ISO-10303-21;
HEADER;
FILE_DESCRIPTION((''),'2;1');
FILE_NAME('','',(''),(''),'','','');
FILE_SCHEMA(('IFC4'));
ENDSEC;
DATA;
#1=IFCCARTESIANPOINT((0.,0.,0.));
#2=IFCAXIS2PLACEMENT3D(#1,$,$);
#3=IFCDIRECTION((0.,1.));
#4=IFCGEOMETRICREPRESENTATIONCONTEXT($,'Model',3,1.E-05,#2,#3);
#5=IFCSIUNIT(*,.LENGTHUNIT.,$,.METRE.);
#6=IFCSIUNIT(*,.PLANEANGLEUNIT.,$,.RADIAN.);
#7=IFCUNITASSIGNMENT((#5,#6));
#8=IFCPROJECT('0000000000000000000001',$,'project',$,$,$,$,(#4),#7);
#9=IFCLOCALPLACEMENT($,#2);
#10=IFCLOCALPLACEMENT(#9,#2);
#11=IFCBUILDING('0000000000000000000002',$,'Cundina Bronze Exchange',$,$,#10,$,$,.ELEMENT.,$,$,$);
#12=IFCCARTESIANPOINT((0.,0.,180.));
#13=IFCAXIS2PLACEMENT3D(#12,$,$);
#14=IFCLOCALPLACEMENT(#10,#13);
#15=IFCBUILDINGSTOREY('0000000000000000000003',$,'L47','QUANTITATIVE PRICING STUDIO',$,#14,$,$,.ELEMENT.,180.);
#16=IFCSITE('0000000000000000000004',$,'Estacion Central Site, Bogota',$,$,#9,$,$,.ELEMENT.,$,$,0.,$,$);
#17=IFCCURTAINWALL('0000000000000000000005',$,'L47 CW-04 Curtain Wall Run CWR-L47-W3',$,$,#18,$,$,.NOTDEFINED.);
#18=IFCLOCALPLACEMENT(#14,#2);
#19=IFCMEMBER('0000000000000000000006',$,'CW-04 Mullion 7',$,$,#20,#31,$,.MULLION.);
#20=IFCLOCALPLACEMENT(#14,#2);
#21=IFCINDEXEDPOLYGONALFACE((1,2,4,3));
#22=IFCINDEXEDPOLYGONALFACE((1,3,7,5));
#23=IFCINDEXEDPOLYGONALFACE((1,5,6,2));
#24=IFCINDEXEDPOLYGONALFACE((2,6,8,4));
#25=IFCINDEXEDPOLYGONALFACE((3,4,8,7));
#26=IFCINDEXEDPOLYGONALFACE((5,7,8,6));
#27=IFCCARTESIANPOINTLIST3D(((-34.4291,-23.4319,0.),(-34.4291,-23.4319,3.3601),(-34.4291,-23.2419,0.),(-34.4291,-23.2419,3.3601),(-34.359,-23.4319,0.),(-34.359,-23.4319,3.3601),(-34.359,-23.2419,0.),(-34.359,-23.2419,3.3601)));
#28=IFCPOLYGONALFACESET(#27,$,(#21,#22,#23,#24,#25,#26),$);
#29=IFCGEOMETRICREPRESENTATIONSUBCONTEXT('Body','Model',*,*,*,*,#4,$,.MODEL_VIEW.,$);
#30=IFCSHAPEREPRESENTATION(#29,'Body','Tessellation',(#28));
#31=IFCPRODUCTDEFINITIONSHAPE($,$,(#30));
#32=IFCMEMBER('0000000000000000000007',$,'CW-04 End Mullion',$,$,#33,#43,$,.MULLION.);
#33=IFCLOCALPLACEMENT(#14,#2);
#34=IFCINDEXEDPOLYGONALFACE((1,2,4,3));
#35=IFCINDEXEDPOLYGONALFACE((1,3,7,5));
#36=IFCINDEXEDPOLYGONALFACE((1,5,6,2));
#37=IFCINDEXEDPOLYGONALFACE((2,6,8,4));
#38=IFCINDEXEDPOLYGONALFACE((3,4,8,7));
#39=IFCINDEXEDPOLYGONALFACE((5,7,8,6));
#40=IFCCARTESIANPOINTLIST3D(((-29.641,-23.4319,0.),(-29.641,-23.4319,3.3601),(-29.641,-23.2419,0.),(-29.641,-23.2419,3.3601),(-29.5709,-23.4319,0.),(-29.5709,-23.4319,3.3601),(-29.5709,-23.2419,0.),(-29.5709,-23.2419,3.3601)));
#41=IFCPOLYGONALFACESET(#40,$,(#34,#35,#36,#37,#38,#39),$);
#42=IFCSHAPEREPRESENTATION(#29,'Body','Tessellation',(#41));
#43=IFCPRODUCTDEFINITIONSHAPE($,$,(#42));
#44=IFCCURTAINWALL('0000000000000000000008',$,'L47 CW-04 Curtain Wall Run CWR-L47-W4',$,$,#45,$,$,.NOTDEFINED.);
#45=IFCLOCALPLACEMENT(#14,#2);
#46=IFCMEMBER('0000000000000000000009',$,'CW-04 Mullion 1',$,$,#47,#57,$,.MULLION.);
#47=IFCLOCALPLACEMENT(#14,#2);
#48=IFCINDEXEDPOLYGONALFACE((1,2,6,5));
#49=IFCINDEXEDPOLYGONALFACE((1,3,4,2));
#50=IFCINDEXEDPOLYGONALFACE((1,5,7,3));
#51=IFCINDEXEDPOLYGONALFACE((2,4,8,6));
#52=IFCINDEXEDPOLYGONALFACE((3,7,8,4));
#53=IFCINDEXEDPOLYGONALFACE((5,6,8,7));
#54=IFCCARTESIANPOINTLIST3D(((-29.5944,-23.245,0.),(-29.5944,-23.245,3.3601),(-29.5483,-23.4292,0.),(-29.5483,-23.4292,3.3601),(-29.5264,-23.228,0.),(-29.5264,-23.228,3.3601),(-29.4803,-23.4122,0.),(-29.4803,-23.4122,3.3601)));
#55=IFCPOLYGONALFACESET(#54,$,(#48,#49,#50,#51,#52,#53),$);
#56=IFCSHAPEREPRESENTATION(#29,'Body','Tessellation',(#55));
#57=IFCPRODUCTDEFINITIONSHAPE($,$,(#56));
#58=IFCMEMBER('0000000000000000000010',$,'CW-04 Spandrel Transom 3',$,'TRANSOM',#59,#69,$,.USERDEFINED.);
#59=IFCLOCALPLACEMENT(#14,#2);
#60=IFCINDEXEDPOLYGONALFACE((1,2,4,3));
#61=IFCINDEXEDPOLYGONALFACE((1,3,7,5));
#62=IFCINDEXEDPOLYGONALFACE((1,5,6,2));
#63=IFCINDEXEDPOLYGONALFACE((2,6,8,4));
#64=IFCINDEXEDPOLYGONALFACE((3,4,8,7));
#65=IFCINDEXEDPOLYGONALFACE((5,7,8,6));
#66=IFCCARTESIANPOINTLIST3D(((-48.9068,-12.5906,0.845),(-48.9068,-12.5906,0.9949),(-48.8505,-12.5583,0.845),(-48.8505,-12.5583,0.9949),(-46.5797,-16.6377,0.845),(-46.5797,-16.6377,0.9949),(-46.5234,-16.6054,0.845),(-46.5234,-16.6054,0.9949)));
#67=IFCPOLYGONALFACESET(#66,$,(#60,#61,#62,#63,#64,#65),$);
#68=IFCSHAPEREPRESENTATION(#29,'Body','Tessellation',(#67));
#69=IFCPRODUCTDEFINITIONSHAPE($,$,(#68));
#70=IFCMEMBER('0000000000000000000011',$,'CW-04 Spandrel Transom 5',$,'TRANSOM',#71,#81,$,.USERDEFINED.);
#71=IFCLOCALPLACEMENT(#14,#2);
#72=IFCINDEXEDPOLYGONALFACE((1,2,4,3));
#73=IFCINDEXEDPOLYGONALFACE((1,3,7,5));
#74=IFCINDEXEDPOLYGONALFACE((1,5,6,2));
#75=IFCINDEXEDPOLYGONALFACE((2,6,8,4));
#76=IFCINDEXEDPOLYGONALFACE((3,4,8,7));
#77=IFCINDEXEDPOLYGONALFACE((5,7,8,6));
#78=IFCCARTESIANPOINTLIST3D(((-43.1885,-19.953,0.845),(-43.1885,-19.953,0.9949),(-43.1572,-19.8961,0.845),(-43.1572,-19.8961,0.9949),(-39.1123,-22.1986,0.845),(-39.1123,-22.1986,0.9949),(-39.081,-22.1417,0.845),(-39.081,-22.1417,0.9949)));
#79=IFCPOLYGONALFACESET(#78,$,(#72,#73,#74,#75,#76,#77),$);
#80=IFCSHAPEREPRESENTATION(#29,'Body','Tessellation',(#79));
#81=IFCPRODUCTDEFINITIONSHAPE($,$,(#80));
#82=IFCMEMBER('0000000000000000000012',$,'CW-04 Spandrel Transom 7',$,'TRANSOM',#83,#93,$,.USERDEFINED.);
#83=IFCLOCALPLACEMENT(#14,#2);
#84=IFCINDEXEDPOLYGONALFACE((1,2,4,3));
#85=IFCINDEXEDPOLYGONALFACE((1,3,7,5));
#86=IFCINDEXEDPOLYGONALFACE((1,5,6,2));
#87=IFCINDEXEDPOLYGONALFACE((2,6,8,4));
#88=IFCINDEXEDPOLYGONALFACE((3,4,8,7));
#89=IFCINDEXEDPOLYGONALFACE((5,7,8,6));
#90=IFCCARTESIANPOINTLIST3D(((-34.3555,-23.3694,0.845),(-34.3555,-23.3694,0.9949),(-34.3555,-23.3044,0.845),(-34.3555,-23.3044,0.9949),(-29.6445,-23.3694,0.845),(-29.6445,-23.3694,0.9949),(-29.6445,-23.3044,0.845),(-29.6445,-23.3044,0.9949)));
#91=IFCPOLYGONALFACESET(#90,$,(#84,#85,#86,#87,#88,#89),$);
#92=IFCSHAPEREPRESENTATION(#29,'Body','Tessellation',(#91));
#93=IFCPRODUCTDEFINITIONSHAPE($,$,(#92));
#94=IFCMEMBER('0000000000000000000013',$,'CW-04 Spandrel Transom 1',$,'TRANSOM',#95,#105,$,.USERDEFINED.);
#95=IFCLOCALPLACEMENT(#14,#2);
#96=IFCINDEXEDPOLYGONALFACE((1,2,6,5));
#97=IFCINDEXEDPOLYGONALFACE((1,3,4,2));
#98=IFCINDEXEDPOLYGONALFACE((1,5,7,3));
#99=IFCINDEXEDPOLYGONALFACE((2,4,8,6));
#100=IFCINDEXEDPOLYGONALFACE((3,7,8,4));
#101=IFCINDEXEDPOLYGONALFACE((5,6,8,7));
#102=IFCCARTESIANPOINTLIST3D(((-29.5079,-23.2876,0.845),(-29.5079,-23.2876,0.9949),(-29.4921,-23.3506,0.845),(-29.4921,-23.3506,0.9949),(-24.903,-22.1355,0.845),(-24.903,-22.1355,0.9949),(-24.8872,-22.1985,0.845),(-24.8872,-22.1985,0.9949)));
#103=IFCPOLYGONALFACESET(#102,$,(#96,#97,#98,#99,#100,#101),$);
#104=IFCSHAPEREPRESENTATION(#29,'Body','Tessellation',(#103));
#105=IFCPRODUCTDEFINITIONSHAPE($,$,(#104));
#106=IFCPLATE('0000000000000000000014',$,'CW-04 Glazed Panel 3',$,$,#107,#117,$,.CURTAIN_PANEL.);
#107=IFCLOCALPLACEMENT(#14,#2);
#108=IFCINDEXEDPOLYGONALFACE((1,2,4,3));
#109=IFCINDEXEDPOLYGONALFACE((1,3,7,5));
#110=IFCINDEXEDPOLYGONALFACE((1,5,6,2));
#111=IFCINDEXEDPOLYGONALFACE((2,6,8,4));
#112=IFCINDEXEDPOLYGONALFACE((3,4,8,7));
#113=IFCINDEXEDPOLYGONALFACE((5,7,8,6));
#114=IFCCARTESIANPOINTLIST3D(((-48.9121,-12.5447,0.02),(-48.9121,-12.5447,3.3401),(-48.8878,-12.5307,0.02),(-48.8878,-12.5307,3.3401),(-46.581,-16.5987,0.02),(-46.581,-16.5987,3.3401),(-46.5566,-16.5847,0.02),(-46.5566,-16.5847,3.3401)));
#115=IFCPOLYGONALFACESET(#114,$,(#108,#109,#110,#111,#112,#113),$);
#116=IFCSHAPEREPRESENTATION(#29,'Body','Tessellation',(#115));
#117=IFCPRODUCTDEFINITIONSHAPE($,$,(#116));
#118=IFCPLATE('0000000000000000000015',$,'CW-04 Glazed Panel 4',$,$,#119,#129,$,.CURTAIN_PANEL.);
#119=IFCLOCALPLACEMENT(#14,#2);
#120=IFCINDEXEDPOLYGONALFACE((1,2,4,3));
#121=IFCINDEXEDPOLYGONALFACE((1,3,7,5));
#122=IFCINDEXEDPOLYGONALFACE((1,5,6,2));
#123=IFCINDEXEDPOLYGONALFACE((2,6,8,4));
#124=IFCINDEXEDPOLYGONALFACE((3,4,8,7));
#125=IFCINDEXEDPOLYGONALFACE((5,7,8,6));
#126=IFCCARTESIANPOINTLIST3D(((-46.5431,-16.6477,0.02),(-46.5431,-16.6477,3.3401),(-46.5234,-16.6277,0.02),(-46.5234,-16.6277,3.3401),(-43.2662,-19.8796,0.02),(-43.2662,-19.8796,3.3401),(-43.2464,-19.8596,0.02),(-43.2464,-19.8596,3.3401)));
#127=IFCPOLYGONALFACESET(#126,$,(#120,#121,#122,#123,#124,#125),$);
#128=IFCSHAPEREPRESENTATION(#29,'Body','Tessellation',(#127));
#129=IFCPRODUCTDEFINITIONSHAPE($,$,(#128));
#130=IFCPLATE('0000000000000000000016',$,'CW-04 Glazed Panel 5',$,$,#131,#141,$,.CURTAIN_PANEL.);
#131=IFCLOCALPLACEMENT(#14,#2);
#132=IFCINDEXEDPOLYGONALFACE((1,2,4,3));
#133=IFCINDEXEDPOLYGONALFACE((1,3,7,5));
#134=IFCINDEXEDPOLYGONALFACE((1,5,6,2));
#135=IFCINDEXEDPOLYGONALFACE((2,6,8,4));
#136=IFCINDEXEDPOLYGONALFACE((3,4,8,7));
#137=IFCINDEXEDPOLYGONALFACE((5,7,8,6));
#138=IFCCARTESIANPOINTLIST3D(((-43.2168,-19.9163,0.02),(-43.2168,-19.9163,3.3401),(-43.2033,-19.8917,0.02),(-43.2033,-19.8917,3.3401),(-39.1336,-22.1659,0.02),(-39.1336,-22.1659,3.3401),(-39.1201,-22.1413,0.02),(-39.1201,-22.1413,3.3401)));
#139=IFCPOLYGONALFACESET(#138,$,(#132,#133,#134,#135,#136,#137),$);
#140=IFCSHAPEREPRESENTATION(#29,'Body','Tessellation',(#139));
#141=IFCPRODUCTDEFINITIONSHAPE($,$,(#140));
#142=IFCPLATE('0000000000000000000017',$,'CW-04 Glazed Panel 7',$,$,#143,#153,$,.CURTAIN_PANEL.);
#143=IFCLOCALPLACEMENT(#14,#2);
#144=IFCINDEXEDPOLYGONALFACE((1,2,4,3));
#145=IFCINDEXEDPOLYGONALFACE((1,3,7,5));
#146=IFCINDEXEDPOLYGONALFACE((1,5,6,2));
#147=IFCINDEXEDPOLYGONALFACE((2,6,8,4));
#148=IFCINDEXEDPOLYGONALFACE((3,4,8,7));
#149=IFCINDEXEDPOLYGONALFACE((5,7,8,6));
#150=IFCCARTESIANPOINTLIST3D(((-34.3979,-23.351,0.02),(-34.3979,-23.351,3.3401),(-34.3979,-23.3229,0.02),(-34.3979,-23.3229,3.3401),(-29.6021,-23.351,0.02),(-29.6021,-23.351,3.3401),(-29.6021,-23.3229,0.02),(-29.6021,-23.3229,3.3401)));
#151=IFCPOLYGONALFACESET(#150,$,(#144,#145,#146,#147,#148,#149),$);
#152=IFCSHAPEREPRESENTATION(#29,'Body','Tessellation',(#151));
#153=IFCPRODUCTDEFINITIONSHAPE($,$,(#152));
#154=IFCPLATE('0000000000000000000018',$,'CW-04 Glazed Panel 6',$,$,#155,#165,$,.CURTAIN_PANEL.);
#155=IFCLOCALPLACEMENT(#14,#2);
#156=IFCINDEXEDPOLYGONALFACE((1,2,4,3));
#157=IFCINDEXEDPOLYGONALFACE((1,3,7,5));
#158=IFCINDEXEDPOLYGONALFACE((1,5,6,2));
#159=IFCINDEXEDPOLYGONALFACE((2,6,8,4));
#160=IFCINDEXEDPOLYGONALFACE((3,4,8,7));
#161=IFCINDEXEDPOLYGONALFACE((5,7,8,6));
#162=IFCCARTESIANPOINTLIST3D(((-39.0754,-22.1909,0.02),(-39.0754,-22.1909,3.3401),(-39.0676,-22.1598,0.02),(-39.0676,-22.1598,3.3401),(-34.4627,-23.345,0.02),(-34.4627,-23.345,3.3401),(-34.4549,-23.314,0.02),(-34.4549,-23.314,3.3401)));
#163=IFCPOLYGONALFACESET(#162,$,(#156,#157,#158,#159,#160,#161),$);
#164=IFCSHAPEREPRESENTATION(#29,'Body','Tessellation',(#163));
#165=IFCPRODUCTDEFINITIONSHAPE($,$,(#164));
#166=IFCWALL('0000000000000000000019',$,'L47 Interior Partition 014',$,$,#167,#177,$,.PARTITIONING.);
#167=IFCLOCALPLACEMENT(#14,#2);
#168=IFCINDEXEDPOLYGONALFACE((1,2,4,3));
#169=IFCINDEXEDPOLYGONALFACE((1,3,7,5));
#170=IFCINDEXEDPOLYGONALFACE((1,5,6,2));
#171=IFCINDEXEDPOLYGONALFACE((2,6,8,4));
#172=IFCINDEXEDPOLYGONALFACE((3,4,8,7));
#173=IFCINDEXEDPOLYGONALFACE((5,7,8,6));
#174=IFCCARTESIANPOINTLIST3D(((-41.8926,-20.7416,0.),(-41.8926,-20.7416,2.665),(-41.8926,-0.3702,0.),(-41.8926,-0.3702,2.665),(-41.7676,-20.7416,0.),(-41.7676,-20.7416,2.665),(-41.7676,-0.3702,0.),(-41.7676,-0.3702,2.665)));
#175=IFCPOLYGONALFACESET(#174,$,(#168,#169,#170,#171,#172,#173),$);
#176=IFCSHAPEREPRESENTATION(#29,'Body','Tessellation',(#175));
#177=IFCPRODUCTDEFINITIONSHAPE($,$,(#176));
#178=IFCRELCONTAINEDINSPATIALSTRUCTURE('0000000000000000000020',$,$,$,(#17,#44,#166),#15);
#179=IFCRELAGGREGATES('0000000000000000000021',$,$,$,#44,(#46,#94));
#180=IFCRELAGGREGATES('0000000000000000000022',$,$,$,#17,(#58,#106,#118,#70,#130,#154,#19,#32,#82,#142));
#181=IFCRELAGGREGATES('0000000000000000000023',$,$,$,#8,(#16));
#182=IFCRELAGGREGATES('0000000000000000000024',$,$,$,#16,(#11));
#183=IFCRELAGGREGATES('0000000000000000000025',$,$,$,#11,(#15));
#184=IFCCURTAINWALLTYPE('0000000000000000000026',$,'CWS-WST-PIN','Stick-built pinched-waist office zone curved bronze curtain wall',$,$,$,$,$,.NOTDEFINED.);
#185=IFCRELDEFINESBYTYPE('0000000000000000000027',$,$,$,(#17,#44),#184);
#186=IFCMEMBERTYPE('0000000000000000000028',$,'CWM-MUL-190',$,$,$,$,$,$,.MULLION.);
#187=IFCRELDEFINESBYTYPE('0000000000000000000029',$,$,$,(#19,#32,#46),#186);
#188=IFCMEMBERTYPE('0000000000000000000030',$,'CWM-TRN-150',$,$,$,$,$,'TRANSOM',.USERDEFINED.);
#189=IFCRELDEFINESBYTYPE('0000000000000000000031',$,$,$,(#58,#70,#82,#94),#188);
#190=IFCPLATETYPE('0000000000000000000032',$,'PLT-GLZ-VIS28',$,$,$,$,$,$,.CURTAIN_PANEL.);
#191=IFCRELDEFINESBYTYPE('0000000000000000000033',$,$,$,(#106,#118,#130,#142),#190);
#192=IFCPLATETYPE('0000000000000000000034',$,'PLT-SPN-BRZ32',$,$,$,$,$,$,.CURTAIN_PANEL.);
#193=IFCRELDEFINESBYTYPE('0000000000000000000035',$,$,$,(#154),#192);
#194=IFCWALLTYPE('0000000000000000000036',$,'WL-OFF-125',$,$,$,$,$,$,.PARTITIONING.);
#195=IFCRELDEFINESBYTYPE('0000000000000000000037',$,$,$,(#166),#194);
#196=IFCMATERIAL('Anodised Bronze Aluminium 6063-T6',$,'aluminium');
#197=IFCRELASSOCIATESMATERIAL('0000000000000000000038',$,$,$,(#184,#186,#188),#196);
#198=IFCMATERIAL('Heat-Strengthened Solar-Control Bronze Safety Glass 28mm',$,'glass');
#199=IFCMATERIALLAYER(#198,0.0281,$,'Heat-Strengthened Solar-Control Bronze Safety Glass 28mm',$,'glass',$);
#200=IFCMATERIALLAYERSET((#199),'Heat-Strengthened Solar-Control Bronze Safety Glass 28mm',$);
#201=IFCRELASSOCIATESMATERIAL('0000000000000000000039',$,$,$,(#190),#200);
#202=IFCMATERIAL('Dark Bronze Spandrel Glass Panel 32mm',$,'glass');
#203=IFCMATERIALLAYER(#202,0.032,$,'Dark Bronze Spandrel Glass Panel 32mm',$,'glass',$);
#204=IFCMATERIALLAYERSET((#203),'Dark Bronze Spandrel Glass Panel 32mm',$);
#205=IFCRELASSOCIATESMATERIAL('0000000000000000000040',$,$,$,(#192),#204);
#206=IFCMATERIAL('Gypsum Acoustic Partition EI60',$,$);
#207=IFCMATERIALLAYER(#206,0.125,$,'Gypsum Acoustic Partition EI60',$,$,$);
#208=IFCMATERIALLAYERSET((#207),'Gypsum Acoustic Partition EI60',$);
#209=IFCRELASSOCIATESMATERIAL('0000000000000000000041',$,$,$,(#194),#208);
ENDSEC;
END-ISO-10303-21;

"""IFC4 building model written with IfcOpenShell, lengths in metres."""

from ifc_helpers import new_model, si_unit, direction, frame, frame_2d, origin, origin_2d, place, context, subcontext, project, spatial, rectangle, extrude, material, layer, layer_set, material_profile, profile_set, type_object, element, aggregate, save


model = new_model("IFC4")

# Units and contexts
model_context = context("Model", 3, precision=1e-05, world=origin(), true_north=direction((0.0, 1.0)))
body_context = subcontext(model_context, "Body", "Model", "MODEL_VIEW")
ifc_project = project(units=[si_unit("LENGTHUNIT", "METRE"), si_unit("PLANEANGLEUNIT", "RADIAN")], contexts=[model_context])

# Site, building, storey
site_placement = place(None, origin())
site = spatial("IfcSite", under=ifc_project, at=site_placement, Name="Estacion Central Site, Bogota", CompositionType="ELEMENT", RefElevation=0.0)
building_placement = place(site_placement, origin())
building = spatial("IfcBuilding", under=site, at=building_placement, Name="Cundina Bronze Exchange", CompositionType="ELEMENT")
storey_placement = place(building_placement, frame((0.0, 0.0, 180.0)))
storey = spatial("IfcBuildingStorey", under=building, at=storey_placement, Name="L47", Description="QUANTITATIVE PRICING STUDIO", CompositionType="ELEMENT", Elevation=180.0)

# Curtain wall, members
ifc_material_1 = material(Name="Anodised Bronze Aluminium 6063-T6", Category="aluminium")
curtain_wall_type = type_object("IfcCurtainWallType", Name="CWS-WST-PIN", Description="Stick-built pinched-waist office zone curved bronze curtain wall", PredefinedType="NOTDEFINED", material=ifc_material_1)
curtain_wall_1_placement = place(storey_placement, origin())
curtain_wall_1 = element("IfcCurtainWall", 1, at=curtain_wall_1_placement, inside=storey, type_object=curtain_wall_type, Name="L47 CW-04 Curtain Wall Run CWR-L47-W3", PredefinedType="NOTDEFINED")
ifc_material_profile_1 = material_profile(ifc_material_1, rectangle(XDim=0.0701, YDim=0.1899, at=origin_2d()), Name="AL70X190", Category="aluminium")
ifc_profile_set_1 = profile_set([ifc_material_profile_1], Name="Anodised Bronze Aluminium 6063-T6")
member_type_1 = type_object("IfcMemberType", Name="CWM-MUL-190", PredefinedType="MULLION", material=ifc_profile_set_1)
member_1_placement = place(storey_placement, frame((-34.394, -23.3369, 0.0), z_axis=(0.0, 0.0, 1.0), x_axis=(1.0, 0.0, 0.0)))
member_1 = element("IfcMember", 2, at=member_1_placement, type_object=member_type_1, Name="CW-04 Mullion 7", PredefinedType="MULLION", context=body_context, shape_type="SweptSolid", body=[
    extrude(rectangle(XDim=0.0701, YDim=0.1899, at=origin_2d()), origin(), (0.0, 0.0, 1.0), 3.3601),
])
member_2_placement = place(storey_placement, frame((-29.606, -23.3369, 0.0), z_axis=(0.0, 0.0, 1.0), x_axis=(1.0, 0.0, 0.0)))
member_2 = element("IfcMember", 3, at=member_2_placement, type_object=member_type_1, Name="CW-04 End Mullion", PredefinedType="MULLION", context=body_context, shape_type="SweptSolid", body=[
    extrude(rectangle(XDim=0.0701, YDim=0.1899, at=origin_2d()), origin(), (0.0, 0.0, 1.0), 3.3601),
])

# Curtain wall, member
curtain_wall_2_placement = place(storey_placement, origin())
curtain_wall_2 = element("IfcCurtainWall", 4, at=curtain_wall_2_placement, inside=storey, type_object=curtain_wall_type, Name="L47 CW-04 Curtain Wall Run CWR-L47-W4", PredefinedType="NOTDEFINED")
member_3_placement = place(storey_placement, frame((-29.5374, -23.3286, 0.0), z_axis=(0.0, 0.0, 1.0), x_axis=(0.970084, 0.242769, 0.0)))
member_3 = element("IfcMember", 5, at=member_3_placement, type_object=member_type_1, Name="CW-04 Mullion 1", PredefinedType="MULLION", context=body_context, shape_type="SweptSolid", body=[
    extrude(rectangle(XDim=0.0701, YDim=0.1899, at=origin_2d()), origin(), (0.0, 0.0, 1.0), 3.3601),
])

# Members
ifc_material_profile_2 = material_profile(ifc_material_1, rectangle(XDim=0.0649, YDim=0.1499, at=origin_2d()), Name="AL65X150", Category="aluminium")
ifc_profile_set_2 = profile_set([ifc_material_profile_2], Name="Anodised Bronze Aluminium 6063-T6")
member_type_2 = type_object("IfcMemberType", Name="CWM-TRN-150", ElementType="TRANSOM", PredefinedType="USERDEFINED", material=ifc_profile_set_2)
member_4_placement = place(storey_placement, frame((-48.8787, -12.5745, 0.9199), z_axis=(0.49848, -0.866901, 0.0), x_axis=(0.866901, 0.49848, 0.0)))
member_4 = element("IfcMember", 6, at=member_4_placement, type_object=member_type_2, Name="CW-04 Spandrel Transom 3", ObjectType="TRANSOM", PredefinedType="USERDEFINED", context=body_context, shape_type="SweptSolid", body=[
    extrude(rectangle(XDim=0.0649, YDim=0.1499, at=origin_2d()), origin(), (0.0, 0.0, 1.0), 4.6685),
])
member_5_placement = place(storey_placement, frame((-43.1729, -19.9246, 0.9199), z_axis=(0.875879, -0.482531, 0.0), x_axis=(0.482531, 0.875879, 0.0)))
member_5 = element("IfcMember", 7, at=member_5_placement, type_object=member_type_2, Name="CW-04 Spandrel Transom 5", ObjectType="TRANSOM", PredefinedType="USERDEFINED", context=body_context, shape_type="SweptSolid", body=[
    extrude(rectangle(XDim=0.0649, YDim=0.1499, at=origin_2d()), origin(), (0.0, 0.0, 1.0), 4.6538),
])
member_6_placement = place(storey_placement, frame((-34.3555, -23.3369, 0.9199), z_axis=(1.0, 0.0, 0.0), x_axis=(0.0, 1.0, 0.0)))
member_6 = element("IfcMember", 8, at=member_6_placement, type_object=member_type_2, Name="CW-04 Spandrel Transom 7", ObjectType="TRANSOM", PredefinedType="USERDEFINED", context=body_context, shape_type="SweptSolid", body=[
    extrude(rectangle(XDim=0.0649, YDim=0.1499, at=origin_2d()), origin(), (0.0, 0.0, 1.0), 4.7109),
])
member_7_placement = place(storey_placement, frame((-29.5, -23.3191, 0.9199), z_axis=(0.9701, 0.242705, 0.0), x_axis=(-0.242705, 0.9701, 0.0)))
member_7 = element("IfcMember", 9, at=member_7_placement, type_object=member_type_2, Name="CW-04 Spandrel Transom 1", ObjectType="TRANSOM", PredefinedType="USERDEFINED", context=body_context, shape_type="SweptSolid", body=[
    extrude(rectangle(XDim=0.0649, YDim=0.1499, at=origin_2d()), origin(), (0.0, 0.0, 1.0), 4.7468),
])
aggregate(curtain_wall_2, [member_3, member_7])

# Plates
ifc_material_2 = material(Name="Heat-Strengthened Solar-Control Bronze Safety Glass 28mm", Category="glass")
ifc_layer_1 = layer(ifc_material_2, 0.0281, Name="Heat-Strengthened Solar-Control Bronze Safety Glass 28mm", Category="glass")
ifc_layer_set_1 = layer_set([ifc_layer_1], Name="Heat-Strengthened Solar-Control Bronze Safety Glass 28mm")
plate_type_1 = type_object("IfcPlateType", Name="PLT-GLZ-VIS28", PredefinedType="CURTAIN_PANEL", material=ifc_layer_set_1)
plate_1_placement = place(storey_placement, frame((-47.7344, -14.5647, 0.02), z_axis=(0.0, 0.0, 1.0), x_axis=(0.498488, -0.866897, 0.0)))
plate_1 = element("IfcPlate", 10, at=plate_1_placement, type_object=plate_type_1, Name="CW-04 Glazed Panel 3", PredefinedType="CURTAIN_PANEL", context=body_context, shape_type="SweptSolid", body=[
    extrude(rectangle(XDim=4.6765, YDim=0.0281, at=origin_2d()), origin(), (0.0, 0.0, 1.0), 3.3201),
])
plate_2_placement = place(storey_placement, frame((-44.8948, -18.2537, 0.02), z_axis=(0.0, 0.0, 1.0), x_axis=(0.711989, -0.70219, 0.0)))
plate_2 = element("IfcPlate", 11, at=plate_2_placement, type_object=plate_type_1, Name="CW-04 Glazed Panel 4", PredefinedType="CURTAIN_PANEL", context=body_context, shape_type="SweptSolid", body=[
    extrude(rectangle(XDim=4.6025, YDim=0.0281, at=origin_2d()), origin(), (0.0, 0.0, 1.0), 3.3201),
])
plate_3_placement = place(storey_placement, frame((-41.1685, -21.0288, 0.02), z_axis=(0.0, 0.0, 1.0), x_axis=(0.875869, -0.482549, 0.0)))
plate_3 = element("IfcPlate", 12, at=plate_3_placement, type_object=plate_type_1, Name="CW-04 Glazed Panel 5", PredefinedType="CURTAIN_PANEL", context=body_context, shape_type="SweptSolid", body=[
    extrude(rectangle(XDim=4.6619, YDim=0.0281, at=origin_2d()), origin(), (0.0, 0.0, 1.0), 3.3201),
])
plate_4_placement = place(storey_placement, frame((-32.0, -23.3369, 0.02), z_axis=(0.0, 0.0, 1.0), x_axis=(1.0, 0.0, 0.0)))
plate_4 = element("IfcPlate", 13, at=plate_4_placement, type_object=plate_type_1, Name="CW-04 Glazed Panel 7", PredefinedType="CURTAIN_PANEL", context=body_context, shape_type="SweptSolid", body=[
    extrude(rectangle(XDim=4.7959, YDim=0.0281, at=origin_2d()), origin(), (0.0, 0.0, 1.0), 3.3201),
])
ifc_material_3 = material(Name="Dark Bronze Spandrel Glass Panel 32mm", Category="glass")
ifc_layer_2 = layer(ifc_material_3, 0.032, Name="Dark Bronze Spandrel Glass Panel 32mm", Category="glass")
ifc_layer_set_2 = layer_set([ifc_layer_2], Name="Dark Bronze Spandrel Glass Panel 32mm")
plate_type_2 = type_object("IfcPlateType", Name="PLT-SPN-BRZ32", PredefinedType="CURTAIN_PANEL", material=ifc_layer_set_2)
plate_5_placement = place(storey_placement, frame((-36.7651, -22.7524, 0.02), z_axis=(0.0, 0.0, 1.0), x_axis=(0.970093, -0.242735, 0.0)))
plate_5 = element("IfcPlate", 14, at=plate_5_placement, type_object=plate_type_2, Name="CW-04 Glazed Panel 6", PredefinedType="CURTAIN_PANEL", context=body_context, shape_type="SweptSolid", body=[
    extrude(rectangle(XDim=4.7549, YDim=0.032, at=origin_2d()), origin(), (0.0, 0.0, 1.0), 3.3201),
])
aggregate(curtain_wall_1, [member_4, plate_1, plate_2, member_5, plate_3, plate_5, member_1, member_2, member_6, plate_4])

# Wall
ifc_material_4 = material(Name="Gypsum Acoustic Partition EI60")
ifc_layer_3 = layer(ifc_material_4, 0.125, Name="Gypsum Acoustic Partition EI60")
ifc_layer_set_3 = layer_set([ifc_layer_3], Name="Gypsum Acoustic Partition EI60")
wall_type = type_object("IfcWallType", Name="WL-OFF-125", PredefinedType="PARTITIONING", material=ifc_layer_set_3)
wall_placement = place(storey_placement, frame((-41.8301, -20.7415, 0.0), z_axis=(0.0, 0.0, 1.0), x_axis=(0.0, 1.0, 0.0)))
element("IfcWall", 15, at=wall_placement, inside=storey, type_object=wall_type, Name="L47 Interior Partition 014", PredefinedType="PARTITIONING", context=body_context, shape_type="SweptSolid", body=[
    extrude(rectangle(XDim=20.3713, YDim=0.125, at=frame_2d((10.1855, 0.0))), origin(), (0.0, 0.0, 1.0), 2.665),
])

save(model, "model.ifc")
